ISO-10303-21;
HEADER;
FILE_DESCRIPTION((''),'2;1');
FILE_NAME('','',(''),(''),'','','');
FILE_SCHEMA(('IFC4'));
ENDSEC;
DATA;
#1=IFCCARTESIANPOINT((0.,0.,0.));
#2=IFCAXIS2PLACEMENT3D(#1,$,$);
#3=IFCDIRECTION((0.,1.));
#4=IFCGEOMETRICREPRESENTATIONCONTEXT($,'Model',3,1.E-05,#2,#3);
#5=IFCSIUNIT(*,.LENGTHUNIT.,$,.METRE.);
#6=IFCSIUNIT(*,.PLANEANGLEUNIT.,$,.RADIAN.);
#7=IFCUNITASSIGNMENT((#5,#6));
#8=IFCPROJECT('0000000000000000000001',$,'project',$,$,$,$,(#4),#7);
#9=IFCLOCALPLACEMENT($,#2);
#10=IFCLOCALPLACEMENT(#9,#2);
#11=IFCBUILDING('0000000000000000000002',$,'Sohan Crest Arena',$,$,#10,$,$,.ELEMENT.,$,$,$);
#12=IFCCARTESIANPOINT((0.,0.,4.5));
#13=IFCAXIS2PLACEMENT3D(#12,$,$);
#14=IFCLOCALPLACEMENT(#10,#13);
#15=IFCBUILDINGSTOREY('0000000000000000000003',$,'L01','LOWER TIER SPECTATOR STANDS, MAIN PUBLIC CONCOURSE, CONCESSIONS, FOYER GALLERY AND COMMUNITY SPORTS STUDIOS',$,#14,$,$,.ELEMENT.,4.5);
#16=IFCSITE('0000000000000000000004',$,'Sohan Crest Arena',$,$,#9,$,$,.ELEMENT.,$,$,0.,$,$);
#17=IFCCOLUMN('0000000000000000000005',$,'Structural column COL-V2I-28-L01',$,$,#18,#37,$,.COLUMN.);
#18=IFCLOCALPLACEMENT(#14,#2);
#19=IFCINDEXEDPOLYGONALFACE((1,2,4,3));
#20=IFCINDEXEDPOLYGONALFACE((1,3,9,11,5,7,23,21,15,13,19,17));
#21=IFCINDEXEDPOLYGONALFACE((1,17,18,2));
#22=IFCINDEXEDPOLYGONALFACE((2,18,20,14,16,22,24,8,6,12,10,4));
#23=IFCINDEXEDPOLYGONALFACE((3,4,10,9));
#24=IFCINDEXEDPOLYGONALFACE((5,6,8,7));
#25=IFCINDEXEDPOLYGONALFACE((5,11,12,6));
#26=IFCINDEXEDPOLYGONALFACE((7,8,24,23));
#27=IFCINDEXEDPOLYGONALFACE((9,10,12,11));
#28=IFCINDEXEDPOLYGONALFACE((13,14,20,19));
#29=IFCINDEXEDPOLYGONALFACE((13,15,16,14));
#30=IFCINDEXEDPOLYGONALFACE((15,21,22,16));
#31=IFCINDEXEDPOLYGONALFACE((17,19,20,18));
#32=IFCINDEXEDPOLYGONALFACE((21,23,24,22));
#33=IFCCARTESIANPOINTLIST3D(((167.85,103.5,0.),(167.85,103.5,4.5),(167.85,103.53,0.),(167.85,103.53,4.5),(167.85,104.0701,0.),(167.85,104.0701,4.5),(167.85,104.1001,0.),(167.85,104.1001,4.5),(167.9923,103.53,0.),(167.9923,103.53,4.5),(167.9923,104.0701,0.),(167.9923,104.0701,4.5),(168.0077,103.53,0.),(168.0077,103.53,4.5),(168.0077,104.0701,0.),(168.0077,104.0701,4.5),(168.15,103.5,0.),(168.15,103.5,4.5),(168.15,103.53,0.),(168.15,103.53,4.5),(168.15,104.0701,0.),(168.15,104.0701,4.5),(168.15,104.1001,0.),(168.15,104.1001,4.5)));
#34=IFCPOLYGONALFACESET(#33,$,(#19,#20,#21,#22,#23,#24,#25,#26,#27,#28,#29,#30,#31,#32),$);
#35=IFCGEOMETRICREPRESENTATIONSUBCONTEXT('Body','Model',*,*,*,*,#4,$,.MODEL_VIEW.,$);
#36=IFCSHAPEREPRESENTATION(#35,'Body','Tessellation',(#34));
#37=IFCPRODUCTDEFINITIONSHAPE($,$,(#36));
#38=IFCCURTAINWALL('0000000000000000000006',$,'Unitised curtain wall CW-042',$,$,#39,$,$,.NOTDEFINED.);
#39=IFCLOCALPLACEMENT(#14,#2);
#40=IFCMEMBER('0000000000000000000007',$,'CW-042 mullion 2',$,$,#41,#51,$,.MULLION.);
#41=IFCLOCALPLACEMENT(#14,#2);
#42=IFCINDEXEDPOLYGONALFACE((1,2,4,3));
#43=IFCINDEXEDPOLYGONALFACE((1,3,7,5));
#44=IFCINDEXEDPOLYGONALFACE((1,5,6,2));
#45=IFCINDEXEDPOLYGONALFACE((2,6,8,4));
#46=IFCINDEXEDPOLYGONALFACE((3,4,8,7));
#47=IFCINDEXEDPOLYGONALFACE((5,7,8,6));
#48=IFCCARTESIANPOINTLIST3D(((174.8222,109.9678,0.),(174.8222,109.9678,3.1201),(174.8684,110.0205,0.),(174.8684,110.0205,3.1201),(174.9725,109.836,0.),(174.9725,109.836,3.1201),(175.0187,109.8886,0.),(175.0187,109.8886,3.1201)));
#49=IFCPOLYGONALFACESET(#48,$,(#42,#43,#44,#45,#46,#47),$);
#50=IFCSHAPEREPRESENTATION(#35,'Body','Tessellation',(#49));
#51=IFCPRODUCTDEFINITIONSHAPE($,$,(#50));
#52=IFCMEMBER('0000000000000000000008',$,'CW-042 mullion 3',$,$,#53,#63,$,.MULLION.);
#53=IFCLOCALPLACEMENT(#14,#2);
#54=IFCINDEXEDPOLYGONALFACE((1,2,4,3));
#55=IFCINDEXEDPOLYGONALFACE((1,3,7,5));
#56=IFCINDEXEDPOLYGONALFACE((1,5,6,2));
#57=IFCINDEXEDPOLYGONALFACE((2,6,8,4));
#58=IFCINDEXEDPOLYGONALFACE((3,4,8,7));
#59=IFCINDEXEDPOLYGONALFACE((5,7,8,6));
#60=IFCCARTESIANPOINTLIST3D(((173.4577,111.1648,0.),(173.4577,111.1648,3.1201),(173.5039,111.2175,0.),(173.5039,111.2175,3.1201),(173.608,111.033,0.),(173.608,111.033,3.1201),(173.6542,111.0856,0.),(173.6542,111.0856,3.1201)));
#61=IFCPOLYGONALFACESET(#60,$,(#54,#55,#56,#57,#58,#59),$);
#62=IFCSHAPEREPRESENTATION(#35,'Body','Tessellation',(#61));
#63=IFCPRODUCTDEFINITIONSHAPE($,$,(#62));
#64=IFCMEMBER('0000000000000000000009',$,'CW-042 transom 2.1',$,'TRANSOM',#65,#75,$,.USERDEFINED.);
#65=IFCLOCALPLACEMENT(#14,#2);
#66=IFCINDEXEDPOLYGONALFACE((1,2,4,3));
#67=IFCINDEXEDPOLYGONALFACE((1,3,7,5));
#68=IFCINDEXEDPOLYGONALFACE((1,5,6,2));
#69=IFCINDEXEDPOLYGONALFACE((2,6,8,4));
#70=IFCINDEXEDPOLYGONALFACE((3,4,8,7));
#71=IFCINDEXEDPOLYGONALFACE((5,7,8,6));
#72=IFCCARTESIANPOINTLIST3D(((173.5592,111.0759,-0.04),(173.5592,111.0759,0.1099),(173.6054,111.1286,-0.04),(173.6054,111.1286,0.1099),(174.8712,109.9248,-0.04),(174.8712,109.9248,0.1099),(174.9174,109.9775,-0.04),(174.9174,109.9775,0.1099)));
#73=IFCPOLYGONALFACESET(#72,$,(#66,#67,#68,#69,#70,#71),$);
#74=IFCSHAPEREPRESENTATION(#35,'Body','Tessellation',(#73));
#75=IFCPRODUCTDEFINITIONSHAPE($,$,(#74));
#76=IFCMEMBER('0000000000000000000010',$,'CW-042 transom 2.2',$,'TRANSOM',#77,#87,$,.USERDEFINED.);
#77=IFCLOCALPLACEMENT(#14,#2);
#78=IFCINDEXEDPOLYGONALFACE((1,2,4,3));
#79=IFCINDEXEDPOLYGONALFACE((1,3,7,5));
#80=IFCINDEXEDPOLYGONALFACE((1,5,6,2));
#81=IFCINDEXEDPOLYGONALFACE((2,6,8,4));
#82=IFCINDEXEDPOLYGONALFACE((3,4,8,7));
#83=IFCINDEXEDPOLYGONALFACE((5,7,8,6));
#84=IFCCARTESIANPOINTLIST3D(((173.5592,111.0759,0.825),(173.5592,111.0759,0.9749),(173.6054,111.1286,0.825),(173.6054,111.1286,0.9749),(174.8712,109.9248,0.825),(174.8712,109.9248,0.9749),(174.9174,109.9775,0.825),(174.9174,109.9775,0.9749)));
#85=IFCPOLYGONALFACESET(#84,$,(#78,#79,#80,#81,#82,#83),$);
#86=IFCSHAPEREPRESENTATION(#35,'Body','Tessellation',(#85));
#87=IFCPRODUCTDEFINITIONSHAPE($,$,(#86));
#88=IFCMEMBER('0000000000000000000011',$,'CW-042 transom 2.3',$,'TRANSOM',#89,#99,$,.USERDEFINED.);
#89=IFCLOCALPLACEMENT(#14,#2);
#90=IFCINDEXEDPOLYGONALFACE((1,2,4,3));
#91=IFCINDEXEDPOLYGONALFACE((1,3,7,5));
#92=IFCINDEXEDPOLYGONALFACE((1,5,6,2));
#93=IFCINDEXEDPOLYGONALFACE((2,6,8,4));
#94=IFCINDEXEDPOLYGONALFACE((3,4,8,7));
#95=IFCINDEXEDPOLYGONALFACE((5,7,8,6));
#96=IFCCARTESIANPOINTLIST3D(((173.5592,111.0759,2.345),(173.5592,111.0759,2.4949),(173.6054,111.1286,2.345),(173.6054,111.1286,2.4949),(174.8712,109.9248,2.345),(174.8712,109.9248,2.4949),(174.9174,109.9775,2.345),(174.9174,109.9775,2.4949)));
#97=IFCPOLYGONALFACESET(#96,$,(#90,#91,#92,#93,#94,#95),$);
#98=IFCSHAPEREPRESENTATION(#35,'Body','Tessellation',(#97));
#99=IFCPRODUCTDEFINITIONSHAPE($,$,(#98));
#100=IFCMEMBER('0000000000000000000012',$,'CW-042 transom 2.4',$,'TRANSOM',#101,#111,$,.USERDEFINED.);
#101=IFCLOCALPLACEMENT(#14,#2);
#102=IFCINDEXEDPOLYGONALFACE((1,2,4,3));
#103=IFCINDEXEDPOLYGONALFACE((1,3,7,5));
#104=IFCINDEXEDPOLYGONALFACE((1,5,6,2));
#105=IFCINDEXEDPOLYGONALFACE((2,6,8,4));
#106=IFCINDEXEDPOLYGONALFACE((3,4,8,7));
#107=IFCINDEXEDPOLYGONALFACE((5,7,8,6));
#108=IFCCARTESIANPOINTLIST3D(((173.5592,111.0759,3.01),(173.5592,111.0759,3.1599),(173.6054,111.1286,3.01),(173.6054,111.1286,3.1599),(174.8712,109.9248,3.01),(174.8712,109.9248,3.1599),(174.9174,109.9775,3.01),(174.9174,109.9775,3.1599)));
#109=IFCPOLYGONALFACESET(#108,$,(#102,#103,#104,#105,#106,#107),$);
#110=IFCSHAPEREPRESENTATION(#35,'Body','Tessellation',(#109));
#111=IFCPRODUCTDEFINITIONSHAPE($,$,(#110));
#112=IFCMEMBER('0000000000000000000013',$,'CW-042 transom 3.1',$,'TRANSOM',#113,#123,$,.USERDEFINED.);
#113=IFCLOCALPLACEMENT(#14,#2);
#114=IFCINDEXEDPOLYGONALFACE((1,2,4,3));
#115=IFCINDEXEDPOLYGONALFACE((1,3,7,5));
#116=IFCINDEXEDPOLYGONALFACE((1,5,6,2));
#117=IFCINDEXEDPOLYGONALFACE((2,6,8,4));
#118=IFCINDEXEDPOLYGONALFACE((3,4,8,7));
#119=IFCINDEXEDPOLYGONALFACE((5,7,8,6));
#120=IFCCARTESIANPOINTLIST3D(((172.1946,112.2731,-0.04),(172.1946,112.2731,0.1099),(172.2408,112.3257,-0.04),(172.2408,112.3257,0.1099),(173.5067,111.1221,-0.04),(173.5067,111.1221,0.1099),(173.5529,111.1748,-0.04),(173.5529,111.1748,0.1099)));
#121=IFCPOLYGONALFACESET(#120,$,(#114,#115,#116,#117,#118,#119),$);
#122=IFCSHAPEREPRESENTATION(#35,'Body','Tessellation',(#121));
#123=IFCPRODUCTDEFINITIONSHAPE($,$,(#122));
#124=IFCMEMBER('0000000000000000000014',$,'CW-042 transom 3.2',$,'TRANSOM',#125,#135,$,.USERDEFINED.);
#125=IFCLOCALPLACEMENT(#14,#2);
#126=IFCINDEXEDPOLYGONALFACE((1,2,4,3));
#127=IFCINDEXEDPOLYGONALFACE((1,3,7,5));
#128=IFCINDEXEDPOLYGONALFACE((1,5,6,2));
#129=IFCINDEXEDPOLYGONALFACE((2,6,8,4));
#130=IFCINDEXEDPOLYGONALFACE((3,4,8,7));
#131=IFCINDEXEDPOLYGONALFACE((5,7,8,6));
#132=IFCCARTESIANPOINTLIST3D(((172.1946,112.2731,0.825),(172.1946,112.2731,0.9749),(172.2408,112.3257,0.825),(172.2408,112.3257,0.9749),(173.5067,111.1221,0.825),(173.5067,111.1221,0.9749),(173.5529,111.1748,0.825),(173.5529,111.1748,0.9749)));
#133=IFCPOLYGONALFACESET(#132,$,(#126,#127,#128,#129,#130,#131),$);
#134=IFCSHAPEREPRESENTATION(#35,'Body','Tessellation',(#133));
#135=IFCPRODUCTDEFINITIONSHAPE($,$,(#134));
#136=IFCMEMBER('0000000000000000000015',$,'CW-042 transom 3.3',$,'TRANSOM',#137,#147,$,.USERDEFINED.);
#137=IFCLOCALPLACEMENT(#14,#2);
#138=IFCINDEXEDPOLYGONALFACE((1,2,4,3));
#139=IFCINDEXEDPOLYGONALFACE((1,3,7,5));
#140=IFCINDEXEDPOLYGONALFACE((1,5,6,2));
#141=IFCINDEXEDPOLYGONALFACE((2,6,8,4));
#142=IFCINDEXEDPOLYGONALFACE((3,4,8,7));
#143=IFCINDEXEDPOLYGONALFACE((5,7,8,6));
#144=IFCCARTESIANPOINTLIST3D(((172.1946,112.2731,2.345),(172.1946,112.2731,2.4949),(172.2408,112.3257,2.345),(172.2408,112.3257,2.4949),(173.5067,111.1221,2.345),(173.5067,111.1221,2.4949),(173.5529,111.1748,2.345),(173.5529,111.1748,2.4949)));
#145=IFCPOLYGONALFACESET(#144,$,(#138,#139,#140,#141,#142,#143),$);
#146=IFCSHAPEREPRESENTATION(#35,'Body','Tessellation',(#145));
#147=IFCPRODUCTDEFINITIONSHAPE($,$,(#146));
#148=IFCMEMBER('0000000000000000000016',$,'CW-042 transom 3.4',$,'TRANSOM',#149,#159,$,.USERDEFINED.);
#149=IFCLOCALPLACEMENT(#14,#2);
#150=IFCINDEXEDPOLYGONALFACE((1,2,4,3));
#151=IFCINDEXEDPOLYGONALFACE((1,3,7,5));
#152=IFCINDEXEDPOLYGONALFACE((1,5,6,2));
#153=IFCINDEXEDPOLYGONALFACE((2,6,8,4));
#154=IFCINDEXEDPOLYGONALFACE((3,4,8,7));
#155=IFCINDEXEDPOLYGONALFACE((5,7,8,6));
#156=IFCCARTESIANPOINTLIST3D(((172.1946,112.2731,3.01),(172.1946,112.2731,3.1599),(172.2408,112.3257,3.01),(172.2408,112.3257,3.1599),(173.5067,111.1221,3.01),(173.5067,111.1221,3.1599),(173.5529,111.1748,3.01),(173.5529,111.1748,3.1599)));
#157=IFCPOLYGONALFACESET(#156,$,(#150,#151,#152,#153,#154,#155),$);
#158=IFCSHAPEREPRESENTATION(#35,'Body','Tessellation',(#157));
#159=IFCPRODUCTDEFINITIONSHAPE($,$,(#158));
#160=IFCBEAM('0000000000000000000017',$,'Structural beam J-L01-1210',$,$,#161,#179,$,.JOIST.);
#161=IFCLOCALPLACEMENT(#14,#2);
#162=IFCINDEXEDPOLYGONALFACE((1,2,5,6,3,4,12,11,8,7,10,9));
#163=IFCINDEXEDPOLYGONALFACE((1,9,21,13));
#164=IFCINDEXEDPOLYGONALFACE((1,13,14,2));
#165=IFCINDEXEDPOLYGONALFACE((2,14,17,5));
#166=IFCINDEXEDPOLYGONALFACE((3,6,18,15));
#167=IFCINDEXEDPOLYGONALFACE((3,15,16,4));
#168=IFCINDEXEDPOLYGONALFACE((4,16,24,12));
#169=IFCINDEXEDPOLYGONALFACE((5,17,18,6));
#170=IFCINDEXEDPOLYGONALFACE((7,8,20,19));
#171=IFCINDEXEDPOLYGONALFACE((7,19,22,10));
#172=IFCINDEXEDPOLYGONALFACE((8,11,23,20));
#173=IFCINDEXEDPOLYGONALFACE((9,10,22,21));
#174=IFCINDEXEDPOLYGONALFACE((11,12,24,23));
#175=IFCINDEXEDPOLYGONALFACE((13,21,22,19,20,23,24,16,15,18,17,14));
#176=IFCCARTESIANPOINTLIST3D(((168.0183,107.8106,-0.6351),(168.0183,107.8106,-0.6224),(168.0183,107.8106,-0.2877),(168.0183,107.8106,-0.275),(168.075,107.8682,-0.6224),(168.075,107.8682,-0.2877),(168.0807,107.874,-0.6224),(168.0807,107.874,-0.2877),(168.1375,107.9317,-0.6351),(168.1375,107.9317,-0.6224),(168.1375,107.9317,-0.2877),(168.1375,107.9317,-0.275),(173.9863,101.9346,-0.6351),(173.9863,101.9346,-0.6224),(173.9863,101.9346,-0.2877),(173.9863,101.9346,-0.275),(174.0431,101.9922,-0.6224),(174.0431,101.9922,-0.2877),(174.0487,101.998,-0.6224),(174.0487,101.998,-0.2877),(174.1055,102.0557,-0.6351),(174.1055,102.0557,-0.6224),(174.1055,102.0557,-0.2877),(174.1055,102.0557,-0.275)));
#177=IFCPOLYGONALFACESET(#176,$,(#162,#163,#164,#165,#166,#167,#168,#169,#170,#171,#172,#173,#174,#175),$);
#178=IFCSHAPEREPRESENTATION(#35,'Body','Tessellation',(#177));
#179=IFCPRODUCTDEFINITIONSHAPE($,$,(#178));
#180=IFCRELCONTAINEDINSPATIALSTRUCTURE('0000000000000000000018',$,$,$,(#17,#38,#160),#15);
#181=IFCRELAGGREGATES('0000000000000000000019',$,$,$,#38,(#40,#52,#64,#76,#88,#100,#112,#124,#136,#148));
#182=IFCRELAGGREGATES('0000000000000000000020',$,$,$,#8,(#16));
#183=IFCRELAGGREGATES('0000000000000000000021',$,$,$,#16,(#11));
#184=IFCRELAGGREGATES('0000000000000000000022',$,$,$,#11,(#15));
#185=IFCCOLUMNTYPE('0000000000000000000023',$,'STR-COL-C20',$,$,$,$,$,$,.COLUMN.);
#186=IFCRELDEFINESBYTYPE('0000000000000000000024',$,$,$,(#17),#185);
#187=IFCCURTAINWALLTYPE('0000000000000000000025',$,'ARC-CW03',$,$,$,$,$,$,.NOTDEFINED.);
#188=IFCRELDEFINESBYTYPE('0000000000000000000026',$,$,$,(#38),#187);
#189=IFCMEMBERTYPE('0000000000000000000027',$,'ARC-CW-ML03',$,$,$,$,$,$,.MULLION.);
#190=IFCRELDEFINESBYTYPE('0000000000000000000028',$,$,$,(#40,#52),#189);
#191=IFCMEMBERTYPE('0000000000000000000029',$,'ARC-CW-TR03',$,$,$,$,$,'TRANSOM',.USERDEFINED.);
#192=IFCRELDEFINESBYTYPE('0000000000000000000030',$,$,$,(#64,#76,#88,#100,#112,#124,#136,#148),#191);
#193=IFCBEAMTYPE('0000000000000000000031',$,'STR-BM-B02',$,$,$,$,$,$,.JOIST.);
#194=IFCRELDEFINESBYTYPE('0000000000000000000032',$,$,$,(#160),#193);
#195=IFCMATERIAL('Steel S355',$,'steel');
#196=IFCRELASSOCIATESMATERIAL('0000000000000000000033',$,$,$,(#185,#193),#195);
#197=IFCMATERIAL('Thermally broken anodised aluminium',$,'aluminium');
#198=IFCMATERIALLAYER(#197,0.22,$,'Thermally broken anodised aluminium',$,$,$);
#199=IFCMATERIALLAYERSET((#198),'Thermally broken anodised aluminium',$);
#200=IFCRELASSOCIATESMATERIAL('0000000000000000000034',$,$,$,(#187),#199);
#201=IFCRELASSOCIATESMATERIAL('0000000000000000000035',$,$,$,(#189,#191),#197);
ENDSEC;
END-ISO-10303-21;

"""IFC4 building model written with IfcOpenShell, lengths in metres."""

from ifc_helpers import new_model, si_unit, direction, frame, origin, origin_2d, place, context, subcontext, project, spatial, rectangle, i_section, extrude, material, layer, layer_set, material_profile, profile_set, type_object, element, aggregate, save


model = new_model("IFC4")

# Units and contexts
model_context = context("Model", 3, precision=1e-05, world=origin(), true_north=direction((0.0, 1.0)))
body_context = subcontext(model_context, "Body", "Model", "MODEL_VIEW")
ifc_project = project(units=[si_unit("LENGTHUNIT", "METRE"), si_unit("PLANEANGLEUNIT", "RADIAN")], contexts=[model_context])

# Site, building, storey
site_placement = place(None, origin())
site = spatial("IfcSite", under=ifc_project, at=site_placement, Name="Sohan Crest Arena", CompositionType="ELEMENT", RefElevation=0.0)
building_placement = place(site_placement, origin())
building = spatial("IfcBuilding", under=site, at=building_placement, Name="Sohan Crest Arena", CompositionType="ELEMENT")
storey_placement = place(building_placement, frame((0.0, 0.0, 4.5)))
storey = spatial("IfcBuildingStorey", under=building, at=storey_placement, Name="L01", Description="LOWER TIER SPECTATOR STANDS, MAIN PUBLIC CONCOURSE, CONCESSIONS, FOYER GALLERY AND COMMUNITY SPORTS STUDIOS", CompositionType="ELEMENT", Elevation=4.5)

# Column
ifc_material_1 = material(Name="Steel S355", Category="steel")
ifc_material_profile_1 = material_profile(ifc_material_1, i_section(OverallWidth=0.3, OverallDepth=0.6001, WebThickness=0.0154, FlangeThickness=0.03, at=origin_2d()), Name="HEB 600")
ifc_profile_set_1 = profile_set([ifc_material_profile_1], Name="Steel S355")
column_type = type_object("IfcColumnType", Name="STR-COL-C20", PredefinedType="COLUMN", material=ifc_profile_set_1)
column_placement = place(storey_placement, frame((168.0, 103.8, 0.0), z_axis=(0.0, 0.0, 1.0), x_axis=(1.0, 0.0, 0.0)))
element("IfcColumn", 1, at=column_placement, inside=storey, type_object=column_type, Name="Structural column COL-V2I-28-L01", PredefinedType="COLUMN", context=body_context, shape_type="SweptSolid", body=[
    extrude(i_section(OverallWidth=0.3, OverallDepth=0.6001, WebThickness=0.0154, FlangeThickness=0.03, at=origin_2d()), origin(), (0.0, 0.0, 1.0), 4.5),
])

# Curtain wall, members
ifc_material_2 = material(Name="Thermally broken anodised aluminium", Category="aluminium")
ifc_layer_1 = layer(ifc_material_2, 0.22, Name="Thermally broken anodised aluminium")
ifc_layer_set_1 = layer_set([ifc_layer_1], Name="Thermally broken anodised aluminium")
curtain_wall_type = type_object("IfcCurtainWallType", Name="ARC-CW03", PredefinedType="NOTDEFINED", material=ifc_layer_set_1)
curtain_wall_placement = place(storey_placement, origin())
curtain_wall = element("IfcCurtainWall", 2, at=curtain_wall_placement, inside=storey, type_object=curtain_wall_type, Name="Unitised curtain wall CW-042", PredefinedType="NOTDEFINED")
ifc_material_profile_2 = material_profile(ifc_material_2, rectangle(XDim=0.0701, YDim=0.2, at=origin_2d()), Name="ALU-MULL 70x200")
ifc_profile_set_2 = profile_set([ifc_material_profile_2], Name="Thermally broken anodised aluminium")
member_type_1 = type_object("IfcMemberType", Name="ARC-CW-ML03", PredefinedType="MULLION", material=ifc_profile_set_2)
member_1_placement = place(storey_placement, frame((174.9204, 109.9282, 0.0), z_axis=(0.0, 0.0, 1.0), x_axis=(-0.659512, -0.751694, 0.0)))
member_1 = element("IfcMember", 3, at=member_1_placement, type_object=member_type_1, Name="CW-042 mullion 2", PredefinedType="MULLION", context=body_context, shape_type="SweptSolid", body=[
    extrude(rectangle(XDim=0.0701, YDim=0.2, at=origin_2d()), origin(), (0.0, 0.0, 1.0), 3.1201),
])
member_2_placement = place(storey_placement, frame((173.5559, 111.1252, 0.0), z_axis=(0.0, 0.0, 1.0), x_axis=(-0.659512, -0.751694, 0.0)))
member_2 = element("IfcMember", 4, at=member_2_placement, type_object=member_type_1, Name="CW-042 mullion 3", PredefinedType="MULLION", context=body_context, shape_type="SweptSolid", body=[
    extrude(rectangle(XDim=0.0701, YDim=0.2, at=origin_2d()), origin(), (0.0, 0.0, 1.0), 3.1201),
])
ifc_material_profile_3 = material_profile(ifc_material_2, rectangle(XDim=0.0701, YDim=0.1499, at=origin_2d()), Name="ALU-TRAN 70x150")
ifc_profile_set_3 = profile_set([ifc_material_profile_3], Name="Thermally broken anodised aluminium")
member_type_2 = type_object("IfcMemberType", Name="ARC-CW-TR03", ElementType="TRANSOM", PredefinedType="USERDEFINED", material=ifc_profile_set_3)
member_3_placement = place(storey_placement, frame((174.8943, 109.9512, 0.0349), z_axis=(-0.751692, 0.659514, 0.0), x_axis=(-0.659514, -0.751692, 0.0)))
member_3 = element("IfcMember", 5, at=member_3_placement, type_object=member_type_2, Name="CW-042 transom 2.1", ObjectType="TRANSOM", PredefinedType="USERDEFINED", context=body_context, shape_type="SweptSolid", body=[
    extrude(rectangle(XDim=0.0701, YDim=0.1499, at=origin_2d()), origin(), (0.0, 0.0, 1.0), 1.7454),
])
member_4_placement = place(storey_placement, frame((174.8943, 109.9512, 0.8999), z_axis=(-0.751692, 0.659514, 0.0), x_axis=(-0.659514, -0.751692, 0.0)))
member_4 = element("IfcMember", 6, at=member_4_placement, type_object=member_type_2, Name="CW-042 transom 2.2", ObjectType="TRANSOM", PredefinedType="USERDEFINED", context=body_context, shape_type="SweptSolid", body=[
    extrude(rectangle(XDim=0.0701, YDim=0.1499, at=origin_2d()), origin(), (0.0, 0.0, 1.0), 1.7454),
])
member_5_placement = place(storey_placement, frame((174.8943, 109.9512, 2.4199), z_axis=(-0.751692, 0.659514, 0.0), x_axis=(-0.659514, -0.751692, 0.0)))
member_5 = element("IfcMember", 7, at=member_5_placement, type_object=member_type_2, Name="CW-042 transom 2.3", ObjectType="TRANSOM", PredefinedType="USERDEFINED", context=body_context, shape_type="SweptSolid", body=[
    extrude(rectangle(XDim=0.0701, YDim=0.1499, at=origin_2d()), origin(), (0.0, 0.0, 1.0), 1.7454),
])
member_6_placement = place(storey_placement, frame((174.8943, 109.9512, 3.085), z_axis=(-0.751692, 0.659514, 0.0), x_axis=(-0.659514, -0.751692, 0.0)))
member_6 = element("IfcMember", 8, at=member_6_placement, type_object=member_type_2, Name="CW-042 transom 2.4", ObjectType="TRANSOM", PredefinedType="USERDEFINED", context=body_context, shape_type="SweptSolid", body=[
    extrude(rectangle(XDim=0.0701, YDim=0.1499, at=origin_2d()), origin(), (0.0, 0.0, 1.0), 1.7454),
])
member_7_placement = place(storey_placement, frame((173.5298, 111.1484, 0.0349), z_axis=(-0.751762, 0.659435, 0.0), x_axis=(-0.659435, -0.751762, 0.0)))
member_7 = element("IfcMember", 9, at=member_7_placement, type_object=member_type_2, Name="CW-042 transom 3.1", ObjectType="TRANSOM", PredefinedType="USERDEFINED", context=body_context, shape_type="SweptSolid", body=[
    extrude(rectangle(XDim=0.0701, YDim=0.1499, at=origin_2d()), origin(), (0.0, 0.0, 1.0), 1.7454),
])
member_8_placement = place(storey_placement, frame((173.5298, 111.1484, 0.8999), z_axis=(-0.751762, 0.659435, 0.0), x_axis=(-0.659435, -0.751762, 0.0)))
member_8 = element("IfcMember", 10, at=member_8_placement, type_object=member_type_2, Name="CW-042 transom 3.2", ObjectType="TRANSOM", PredefinedType="USERDEFINED", context=body_context, shape_type="SweptSolid", body=[
    extrude(rectangle(XDim=0.0701, YDim=0.1499, at=origin_2d()), origin(), (0.0, 0.0, 1.0), 1.7454),
])
member_9_placement = place(storey_placement, frame((173.5298, 111.1484, 2.4199), z_axis=(-0.751762, 0.659435, 0.0), x_axis=(-0.659435, -0.751762, 0.0)))
member_9 = element("IfcMember", 11, at=member_9_placement, type_object=member_type_2, Name="CW-042 transom 3.3", ObjectType="TRANSOM", PredefinedType="USERDEFINED", context=body_context, shape_type="SweptSolid", body=[
    extrude(rectangle(XDim=0.0701, YDim=0.1499, at=origin_2d()), origin(), (0.0, 0.0, 1.0), 1.7454),
])
member_10_placement = place(storey_placement, frame((173.5298, 111.1484, 3.085), z_axis=(-0.751762, 0.659435, 0.0), x_axis=(-0.659435, -0.751762, 0.0)))
member_10 = element("IfcMember", 12, at=member_10_placement, type_object=member_type_2, Name="CW-042 transom 3.4", ObjectType="TRANSOM", PredefinedType="USERDEFINED", context=body_context, shape_type="SweptSolid", body=[
    extrude(rectangle(XDim=0.0701, YDim=0.1499, at=origin_2d()), origin(), (0.0, 0.0, 1.0), 1.7454),
])

# Beam
ifc_material_profile_4 = material_profile(ifc_material_1, i_section(OverallWidth=0.1699, OverallDepth=0.3601, WebThickness=0.0081, FlangeThickness=0.0127, at=origin_2d()), Name="IPE 360")
ifc_profile_set_4 = profile_set([ifc_material_profile_4], Name="Steel S355")
beam_type_1 = type_object("IfcBeamType", Name="STR-BM-B02", PredefinedType="JOIST", material=ifc_profile_set_4)
beam_1_placement = place(storey_placement, frame((174.0459, 101.9951, -0.4551), z_axis=(-0.71258, 0.701591, 0.0), x_axis=(-0.701591, -0.71258, 0.0)))
element("IfcBeam", 13, at=beam_1_placement, inside=storey, type_object=beam_type_1, Name="Structural beam J-L01-1210", PredefinedType="JOIST", context=body_context, shape_type="SweptSolid", body=[
    extrude(i_section(OverallWidth=0.1699, OverallDepth=0.3601, WebThickness=0.0081, FlangeThickness=0.0127, at=origin_2d()), origin(), (0.0, 0.0, 1.0), 8.3752),
])

aggregate(curtain_wall, [member_1, member_2, member_3, member_4, member_5, member_6, member_7, member_8, member_9, member_10])

save(model, "model.ifc")
